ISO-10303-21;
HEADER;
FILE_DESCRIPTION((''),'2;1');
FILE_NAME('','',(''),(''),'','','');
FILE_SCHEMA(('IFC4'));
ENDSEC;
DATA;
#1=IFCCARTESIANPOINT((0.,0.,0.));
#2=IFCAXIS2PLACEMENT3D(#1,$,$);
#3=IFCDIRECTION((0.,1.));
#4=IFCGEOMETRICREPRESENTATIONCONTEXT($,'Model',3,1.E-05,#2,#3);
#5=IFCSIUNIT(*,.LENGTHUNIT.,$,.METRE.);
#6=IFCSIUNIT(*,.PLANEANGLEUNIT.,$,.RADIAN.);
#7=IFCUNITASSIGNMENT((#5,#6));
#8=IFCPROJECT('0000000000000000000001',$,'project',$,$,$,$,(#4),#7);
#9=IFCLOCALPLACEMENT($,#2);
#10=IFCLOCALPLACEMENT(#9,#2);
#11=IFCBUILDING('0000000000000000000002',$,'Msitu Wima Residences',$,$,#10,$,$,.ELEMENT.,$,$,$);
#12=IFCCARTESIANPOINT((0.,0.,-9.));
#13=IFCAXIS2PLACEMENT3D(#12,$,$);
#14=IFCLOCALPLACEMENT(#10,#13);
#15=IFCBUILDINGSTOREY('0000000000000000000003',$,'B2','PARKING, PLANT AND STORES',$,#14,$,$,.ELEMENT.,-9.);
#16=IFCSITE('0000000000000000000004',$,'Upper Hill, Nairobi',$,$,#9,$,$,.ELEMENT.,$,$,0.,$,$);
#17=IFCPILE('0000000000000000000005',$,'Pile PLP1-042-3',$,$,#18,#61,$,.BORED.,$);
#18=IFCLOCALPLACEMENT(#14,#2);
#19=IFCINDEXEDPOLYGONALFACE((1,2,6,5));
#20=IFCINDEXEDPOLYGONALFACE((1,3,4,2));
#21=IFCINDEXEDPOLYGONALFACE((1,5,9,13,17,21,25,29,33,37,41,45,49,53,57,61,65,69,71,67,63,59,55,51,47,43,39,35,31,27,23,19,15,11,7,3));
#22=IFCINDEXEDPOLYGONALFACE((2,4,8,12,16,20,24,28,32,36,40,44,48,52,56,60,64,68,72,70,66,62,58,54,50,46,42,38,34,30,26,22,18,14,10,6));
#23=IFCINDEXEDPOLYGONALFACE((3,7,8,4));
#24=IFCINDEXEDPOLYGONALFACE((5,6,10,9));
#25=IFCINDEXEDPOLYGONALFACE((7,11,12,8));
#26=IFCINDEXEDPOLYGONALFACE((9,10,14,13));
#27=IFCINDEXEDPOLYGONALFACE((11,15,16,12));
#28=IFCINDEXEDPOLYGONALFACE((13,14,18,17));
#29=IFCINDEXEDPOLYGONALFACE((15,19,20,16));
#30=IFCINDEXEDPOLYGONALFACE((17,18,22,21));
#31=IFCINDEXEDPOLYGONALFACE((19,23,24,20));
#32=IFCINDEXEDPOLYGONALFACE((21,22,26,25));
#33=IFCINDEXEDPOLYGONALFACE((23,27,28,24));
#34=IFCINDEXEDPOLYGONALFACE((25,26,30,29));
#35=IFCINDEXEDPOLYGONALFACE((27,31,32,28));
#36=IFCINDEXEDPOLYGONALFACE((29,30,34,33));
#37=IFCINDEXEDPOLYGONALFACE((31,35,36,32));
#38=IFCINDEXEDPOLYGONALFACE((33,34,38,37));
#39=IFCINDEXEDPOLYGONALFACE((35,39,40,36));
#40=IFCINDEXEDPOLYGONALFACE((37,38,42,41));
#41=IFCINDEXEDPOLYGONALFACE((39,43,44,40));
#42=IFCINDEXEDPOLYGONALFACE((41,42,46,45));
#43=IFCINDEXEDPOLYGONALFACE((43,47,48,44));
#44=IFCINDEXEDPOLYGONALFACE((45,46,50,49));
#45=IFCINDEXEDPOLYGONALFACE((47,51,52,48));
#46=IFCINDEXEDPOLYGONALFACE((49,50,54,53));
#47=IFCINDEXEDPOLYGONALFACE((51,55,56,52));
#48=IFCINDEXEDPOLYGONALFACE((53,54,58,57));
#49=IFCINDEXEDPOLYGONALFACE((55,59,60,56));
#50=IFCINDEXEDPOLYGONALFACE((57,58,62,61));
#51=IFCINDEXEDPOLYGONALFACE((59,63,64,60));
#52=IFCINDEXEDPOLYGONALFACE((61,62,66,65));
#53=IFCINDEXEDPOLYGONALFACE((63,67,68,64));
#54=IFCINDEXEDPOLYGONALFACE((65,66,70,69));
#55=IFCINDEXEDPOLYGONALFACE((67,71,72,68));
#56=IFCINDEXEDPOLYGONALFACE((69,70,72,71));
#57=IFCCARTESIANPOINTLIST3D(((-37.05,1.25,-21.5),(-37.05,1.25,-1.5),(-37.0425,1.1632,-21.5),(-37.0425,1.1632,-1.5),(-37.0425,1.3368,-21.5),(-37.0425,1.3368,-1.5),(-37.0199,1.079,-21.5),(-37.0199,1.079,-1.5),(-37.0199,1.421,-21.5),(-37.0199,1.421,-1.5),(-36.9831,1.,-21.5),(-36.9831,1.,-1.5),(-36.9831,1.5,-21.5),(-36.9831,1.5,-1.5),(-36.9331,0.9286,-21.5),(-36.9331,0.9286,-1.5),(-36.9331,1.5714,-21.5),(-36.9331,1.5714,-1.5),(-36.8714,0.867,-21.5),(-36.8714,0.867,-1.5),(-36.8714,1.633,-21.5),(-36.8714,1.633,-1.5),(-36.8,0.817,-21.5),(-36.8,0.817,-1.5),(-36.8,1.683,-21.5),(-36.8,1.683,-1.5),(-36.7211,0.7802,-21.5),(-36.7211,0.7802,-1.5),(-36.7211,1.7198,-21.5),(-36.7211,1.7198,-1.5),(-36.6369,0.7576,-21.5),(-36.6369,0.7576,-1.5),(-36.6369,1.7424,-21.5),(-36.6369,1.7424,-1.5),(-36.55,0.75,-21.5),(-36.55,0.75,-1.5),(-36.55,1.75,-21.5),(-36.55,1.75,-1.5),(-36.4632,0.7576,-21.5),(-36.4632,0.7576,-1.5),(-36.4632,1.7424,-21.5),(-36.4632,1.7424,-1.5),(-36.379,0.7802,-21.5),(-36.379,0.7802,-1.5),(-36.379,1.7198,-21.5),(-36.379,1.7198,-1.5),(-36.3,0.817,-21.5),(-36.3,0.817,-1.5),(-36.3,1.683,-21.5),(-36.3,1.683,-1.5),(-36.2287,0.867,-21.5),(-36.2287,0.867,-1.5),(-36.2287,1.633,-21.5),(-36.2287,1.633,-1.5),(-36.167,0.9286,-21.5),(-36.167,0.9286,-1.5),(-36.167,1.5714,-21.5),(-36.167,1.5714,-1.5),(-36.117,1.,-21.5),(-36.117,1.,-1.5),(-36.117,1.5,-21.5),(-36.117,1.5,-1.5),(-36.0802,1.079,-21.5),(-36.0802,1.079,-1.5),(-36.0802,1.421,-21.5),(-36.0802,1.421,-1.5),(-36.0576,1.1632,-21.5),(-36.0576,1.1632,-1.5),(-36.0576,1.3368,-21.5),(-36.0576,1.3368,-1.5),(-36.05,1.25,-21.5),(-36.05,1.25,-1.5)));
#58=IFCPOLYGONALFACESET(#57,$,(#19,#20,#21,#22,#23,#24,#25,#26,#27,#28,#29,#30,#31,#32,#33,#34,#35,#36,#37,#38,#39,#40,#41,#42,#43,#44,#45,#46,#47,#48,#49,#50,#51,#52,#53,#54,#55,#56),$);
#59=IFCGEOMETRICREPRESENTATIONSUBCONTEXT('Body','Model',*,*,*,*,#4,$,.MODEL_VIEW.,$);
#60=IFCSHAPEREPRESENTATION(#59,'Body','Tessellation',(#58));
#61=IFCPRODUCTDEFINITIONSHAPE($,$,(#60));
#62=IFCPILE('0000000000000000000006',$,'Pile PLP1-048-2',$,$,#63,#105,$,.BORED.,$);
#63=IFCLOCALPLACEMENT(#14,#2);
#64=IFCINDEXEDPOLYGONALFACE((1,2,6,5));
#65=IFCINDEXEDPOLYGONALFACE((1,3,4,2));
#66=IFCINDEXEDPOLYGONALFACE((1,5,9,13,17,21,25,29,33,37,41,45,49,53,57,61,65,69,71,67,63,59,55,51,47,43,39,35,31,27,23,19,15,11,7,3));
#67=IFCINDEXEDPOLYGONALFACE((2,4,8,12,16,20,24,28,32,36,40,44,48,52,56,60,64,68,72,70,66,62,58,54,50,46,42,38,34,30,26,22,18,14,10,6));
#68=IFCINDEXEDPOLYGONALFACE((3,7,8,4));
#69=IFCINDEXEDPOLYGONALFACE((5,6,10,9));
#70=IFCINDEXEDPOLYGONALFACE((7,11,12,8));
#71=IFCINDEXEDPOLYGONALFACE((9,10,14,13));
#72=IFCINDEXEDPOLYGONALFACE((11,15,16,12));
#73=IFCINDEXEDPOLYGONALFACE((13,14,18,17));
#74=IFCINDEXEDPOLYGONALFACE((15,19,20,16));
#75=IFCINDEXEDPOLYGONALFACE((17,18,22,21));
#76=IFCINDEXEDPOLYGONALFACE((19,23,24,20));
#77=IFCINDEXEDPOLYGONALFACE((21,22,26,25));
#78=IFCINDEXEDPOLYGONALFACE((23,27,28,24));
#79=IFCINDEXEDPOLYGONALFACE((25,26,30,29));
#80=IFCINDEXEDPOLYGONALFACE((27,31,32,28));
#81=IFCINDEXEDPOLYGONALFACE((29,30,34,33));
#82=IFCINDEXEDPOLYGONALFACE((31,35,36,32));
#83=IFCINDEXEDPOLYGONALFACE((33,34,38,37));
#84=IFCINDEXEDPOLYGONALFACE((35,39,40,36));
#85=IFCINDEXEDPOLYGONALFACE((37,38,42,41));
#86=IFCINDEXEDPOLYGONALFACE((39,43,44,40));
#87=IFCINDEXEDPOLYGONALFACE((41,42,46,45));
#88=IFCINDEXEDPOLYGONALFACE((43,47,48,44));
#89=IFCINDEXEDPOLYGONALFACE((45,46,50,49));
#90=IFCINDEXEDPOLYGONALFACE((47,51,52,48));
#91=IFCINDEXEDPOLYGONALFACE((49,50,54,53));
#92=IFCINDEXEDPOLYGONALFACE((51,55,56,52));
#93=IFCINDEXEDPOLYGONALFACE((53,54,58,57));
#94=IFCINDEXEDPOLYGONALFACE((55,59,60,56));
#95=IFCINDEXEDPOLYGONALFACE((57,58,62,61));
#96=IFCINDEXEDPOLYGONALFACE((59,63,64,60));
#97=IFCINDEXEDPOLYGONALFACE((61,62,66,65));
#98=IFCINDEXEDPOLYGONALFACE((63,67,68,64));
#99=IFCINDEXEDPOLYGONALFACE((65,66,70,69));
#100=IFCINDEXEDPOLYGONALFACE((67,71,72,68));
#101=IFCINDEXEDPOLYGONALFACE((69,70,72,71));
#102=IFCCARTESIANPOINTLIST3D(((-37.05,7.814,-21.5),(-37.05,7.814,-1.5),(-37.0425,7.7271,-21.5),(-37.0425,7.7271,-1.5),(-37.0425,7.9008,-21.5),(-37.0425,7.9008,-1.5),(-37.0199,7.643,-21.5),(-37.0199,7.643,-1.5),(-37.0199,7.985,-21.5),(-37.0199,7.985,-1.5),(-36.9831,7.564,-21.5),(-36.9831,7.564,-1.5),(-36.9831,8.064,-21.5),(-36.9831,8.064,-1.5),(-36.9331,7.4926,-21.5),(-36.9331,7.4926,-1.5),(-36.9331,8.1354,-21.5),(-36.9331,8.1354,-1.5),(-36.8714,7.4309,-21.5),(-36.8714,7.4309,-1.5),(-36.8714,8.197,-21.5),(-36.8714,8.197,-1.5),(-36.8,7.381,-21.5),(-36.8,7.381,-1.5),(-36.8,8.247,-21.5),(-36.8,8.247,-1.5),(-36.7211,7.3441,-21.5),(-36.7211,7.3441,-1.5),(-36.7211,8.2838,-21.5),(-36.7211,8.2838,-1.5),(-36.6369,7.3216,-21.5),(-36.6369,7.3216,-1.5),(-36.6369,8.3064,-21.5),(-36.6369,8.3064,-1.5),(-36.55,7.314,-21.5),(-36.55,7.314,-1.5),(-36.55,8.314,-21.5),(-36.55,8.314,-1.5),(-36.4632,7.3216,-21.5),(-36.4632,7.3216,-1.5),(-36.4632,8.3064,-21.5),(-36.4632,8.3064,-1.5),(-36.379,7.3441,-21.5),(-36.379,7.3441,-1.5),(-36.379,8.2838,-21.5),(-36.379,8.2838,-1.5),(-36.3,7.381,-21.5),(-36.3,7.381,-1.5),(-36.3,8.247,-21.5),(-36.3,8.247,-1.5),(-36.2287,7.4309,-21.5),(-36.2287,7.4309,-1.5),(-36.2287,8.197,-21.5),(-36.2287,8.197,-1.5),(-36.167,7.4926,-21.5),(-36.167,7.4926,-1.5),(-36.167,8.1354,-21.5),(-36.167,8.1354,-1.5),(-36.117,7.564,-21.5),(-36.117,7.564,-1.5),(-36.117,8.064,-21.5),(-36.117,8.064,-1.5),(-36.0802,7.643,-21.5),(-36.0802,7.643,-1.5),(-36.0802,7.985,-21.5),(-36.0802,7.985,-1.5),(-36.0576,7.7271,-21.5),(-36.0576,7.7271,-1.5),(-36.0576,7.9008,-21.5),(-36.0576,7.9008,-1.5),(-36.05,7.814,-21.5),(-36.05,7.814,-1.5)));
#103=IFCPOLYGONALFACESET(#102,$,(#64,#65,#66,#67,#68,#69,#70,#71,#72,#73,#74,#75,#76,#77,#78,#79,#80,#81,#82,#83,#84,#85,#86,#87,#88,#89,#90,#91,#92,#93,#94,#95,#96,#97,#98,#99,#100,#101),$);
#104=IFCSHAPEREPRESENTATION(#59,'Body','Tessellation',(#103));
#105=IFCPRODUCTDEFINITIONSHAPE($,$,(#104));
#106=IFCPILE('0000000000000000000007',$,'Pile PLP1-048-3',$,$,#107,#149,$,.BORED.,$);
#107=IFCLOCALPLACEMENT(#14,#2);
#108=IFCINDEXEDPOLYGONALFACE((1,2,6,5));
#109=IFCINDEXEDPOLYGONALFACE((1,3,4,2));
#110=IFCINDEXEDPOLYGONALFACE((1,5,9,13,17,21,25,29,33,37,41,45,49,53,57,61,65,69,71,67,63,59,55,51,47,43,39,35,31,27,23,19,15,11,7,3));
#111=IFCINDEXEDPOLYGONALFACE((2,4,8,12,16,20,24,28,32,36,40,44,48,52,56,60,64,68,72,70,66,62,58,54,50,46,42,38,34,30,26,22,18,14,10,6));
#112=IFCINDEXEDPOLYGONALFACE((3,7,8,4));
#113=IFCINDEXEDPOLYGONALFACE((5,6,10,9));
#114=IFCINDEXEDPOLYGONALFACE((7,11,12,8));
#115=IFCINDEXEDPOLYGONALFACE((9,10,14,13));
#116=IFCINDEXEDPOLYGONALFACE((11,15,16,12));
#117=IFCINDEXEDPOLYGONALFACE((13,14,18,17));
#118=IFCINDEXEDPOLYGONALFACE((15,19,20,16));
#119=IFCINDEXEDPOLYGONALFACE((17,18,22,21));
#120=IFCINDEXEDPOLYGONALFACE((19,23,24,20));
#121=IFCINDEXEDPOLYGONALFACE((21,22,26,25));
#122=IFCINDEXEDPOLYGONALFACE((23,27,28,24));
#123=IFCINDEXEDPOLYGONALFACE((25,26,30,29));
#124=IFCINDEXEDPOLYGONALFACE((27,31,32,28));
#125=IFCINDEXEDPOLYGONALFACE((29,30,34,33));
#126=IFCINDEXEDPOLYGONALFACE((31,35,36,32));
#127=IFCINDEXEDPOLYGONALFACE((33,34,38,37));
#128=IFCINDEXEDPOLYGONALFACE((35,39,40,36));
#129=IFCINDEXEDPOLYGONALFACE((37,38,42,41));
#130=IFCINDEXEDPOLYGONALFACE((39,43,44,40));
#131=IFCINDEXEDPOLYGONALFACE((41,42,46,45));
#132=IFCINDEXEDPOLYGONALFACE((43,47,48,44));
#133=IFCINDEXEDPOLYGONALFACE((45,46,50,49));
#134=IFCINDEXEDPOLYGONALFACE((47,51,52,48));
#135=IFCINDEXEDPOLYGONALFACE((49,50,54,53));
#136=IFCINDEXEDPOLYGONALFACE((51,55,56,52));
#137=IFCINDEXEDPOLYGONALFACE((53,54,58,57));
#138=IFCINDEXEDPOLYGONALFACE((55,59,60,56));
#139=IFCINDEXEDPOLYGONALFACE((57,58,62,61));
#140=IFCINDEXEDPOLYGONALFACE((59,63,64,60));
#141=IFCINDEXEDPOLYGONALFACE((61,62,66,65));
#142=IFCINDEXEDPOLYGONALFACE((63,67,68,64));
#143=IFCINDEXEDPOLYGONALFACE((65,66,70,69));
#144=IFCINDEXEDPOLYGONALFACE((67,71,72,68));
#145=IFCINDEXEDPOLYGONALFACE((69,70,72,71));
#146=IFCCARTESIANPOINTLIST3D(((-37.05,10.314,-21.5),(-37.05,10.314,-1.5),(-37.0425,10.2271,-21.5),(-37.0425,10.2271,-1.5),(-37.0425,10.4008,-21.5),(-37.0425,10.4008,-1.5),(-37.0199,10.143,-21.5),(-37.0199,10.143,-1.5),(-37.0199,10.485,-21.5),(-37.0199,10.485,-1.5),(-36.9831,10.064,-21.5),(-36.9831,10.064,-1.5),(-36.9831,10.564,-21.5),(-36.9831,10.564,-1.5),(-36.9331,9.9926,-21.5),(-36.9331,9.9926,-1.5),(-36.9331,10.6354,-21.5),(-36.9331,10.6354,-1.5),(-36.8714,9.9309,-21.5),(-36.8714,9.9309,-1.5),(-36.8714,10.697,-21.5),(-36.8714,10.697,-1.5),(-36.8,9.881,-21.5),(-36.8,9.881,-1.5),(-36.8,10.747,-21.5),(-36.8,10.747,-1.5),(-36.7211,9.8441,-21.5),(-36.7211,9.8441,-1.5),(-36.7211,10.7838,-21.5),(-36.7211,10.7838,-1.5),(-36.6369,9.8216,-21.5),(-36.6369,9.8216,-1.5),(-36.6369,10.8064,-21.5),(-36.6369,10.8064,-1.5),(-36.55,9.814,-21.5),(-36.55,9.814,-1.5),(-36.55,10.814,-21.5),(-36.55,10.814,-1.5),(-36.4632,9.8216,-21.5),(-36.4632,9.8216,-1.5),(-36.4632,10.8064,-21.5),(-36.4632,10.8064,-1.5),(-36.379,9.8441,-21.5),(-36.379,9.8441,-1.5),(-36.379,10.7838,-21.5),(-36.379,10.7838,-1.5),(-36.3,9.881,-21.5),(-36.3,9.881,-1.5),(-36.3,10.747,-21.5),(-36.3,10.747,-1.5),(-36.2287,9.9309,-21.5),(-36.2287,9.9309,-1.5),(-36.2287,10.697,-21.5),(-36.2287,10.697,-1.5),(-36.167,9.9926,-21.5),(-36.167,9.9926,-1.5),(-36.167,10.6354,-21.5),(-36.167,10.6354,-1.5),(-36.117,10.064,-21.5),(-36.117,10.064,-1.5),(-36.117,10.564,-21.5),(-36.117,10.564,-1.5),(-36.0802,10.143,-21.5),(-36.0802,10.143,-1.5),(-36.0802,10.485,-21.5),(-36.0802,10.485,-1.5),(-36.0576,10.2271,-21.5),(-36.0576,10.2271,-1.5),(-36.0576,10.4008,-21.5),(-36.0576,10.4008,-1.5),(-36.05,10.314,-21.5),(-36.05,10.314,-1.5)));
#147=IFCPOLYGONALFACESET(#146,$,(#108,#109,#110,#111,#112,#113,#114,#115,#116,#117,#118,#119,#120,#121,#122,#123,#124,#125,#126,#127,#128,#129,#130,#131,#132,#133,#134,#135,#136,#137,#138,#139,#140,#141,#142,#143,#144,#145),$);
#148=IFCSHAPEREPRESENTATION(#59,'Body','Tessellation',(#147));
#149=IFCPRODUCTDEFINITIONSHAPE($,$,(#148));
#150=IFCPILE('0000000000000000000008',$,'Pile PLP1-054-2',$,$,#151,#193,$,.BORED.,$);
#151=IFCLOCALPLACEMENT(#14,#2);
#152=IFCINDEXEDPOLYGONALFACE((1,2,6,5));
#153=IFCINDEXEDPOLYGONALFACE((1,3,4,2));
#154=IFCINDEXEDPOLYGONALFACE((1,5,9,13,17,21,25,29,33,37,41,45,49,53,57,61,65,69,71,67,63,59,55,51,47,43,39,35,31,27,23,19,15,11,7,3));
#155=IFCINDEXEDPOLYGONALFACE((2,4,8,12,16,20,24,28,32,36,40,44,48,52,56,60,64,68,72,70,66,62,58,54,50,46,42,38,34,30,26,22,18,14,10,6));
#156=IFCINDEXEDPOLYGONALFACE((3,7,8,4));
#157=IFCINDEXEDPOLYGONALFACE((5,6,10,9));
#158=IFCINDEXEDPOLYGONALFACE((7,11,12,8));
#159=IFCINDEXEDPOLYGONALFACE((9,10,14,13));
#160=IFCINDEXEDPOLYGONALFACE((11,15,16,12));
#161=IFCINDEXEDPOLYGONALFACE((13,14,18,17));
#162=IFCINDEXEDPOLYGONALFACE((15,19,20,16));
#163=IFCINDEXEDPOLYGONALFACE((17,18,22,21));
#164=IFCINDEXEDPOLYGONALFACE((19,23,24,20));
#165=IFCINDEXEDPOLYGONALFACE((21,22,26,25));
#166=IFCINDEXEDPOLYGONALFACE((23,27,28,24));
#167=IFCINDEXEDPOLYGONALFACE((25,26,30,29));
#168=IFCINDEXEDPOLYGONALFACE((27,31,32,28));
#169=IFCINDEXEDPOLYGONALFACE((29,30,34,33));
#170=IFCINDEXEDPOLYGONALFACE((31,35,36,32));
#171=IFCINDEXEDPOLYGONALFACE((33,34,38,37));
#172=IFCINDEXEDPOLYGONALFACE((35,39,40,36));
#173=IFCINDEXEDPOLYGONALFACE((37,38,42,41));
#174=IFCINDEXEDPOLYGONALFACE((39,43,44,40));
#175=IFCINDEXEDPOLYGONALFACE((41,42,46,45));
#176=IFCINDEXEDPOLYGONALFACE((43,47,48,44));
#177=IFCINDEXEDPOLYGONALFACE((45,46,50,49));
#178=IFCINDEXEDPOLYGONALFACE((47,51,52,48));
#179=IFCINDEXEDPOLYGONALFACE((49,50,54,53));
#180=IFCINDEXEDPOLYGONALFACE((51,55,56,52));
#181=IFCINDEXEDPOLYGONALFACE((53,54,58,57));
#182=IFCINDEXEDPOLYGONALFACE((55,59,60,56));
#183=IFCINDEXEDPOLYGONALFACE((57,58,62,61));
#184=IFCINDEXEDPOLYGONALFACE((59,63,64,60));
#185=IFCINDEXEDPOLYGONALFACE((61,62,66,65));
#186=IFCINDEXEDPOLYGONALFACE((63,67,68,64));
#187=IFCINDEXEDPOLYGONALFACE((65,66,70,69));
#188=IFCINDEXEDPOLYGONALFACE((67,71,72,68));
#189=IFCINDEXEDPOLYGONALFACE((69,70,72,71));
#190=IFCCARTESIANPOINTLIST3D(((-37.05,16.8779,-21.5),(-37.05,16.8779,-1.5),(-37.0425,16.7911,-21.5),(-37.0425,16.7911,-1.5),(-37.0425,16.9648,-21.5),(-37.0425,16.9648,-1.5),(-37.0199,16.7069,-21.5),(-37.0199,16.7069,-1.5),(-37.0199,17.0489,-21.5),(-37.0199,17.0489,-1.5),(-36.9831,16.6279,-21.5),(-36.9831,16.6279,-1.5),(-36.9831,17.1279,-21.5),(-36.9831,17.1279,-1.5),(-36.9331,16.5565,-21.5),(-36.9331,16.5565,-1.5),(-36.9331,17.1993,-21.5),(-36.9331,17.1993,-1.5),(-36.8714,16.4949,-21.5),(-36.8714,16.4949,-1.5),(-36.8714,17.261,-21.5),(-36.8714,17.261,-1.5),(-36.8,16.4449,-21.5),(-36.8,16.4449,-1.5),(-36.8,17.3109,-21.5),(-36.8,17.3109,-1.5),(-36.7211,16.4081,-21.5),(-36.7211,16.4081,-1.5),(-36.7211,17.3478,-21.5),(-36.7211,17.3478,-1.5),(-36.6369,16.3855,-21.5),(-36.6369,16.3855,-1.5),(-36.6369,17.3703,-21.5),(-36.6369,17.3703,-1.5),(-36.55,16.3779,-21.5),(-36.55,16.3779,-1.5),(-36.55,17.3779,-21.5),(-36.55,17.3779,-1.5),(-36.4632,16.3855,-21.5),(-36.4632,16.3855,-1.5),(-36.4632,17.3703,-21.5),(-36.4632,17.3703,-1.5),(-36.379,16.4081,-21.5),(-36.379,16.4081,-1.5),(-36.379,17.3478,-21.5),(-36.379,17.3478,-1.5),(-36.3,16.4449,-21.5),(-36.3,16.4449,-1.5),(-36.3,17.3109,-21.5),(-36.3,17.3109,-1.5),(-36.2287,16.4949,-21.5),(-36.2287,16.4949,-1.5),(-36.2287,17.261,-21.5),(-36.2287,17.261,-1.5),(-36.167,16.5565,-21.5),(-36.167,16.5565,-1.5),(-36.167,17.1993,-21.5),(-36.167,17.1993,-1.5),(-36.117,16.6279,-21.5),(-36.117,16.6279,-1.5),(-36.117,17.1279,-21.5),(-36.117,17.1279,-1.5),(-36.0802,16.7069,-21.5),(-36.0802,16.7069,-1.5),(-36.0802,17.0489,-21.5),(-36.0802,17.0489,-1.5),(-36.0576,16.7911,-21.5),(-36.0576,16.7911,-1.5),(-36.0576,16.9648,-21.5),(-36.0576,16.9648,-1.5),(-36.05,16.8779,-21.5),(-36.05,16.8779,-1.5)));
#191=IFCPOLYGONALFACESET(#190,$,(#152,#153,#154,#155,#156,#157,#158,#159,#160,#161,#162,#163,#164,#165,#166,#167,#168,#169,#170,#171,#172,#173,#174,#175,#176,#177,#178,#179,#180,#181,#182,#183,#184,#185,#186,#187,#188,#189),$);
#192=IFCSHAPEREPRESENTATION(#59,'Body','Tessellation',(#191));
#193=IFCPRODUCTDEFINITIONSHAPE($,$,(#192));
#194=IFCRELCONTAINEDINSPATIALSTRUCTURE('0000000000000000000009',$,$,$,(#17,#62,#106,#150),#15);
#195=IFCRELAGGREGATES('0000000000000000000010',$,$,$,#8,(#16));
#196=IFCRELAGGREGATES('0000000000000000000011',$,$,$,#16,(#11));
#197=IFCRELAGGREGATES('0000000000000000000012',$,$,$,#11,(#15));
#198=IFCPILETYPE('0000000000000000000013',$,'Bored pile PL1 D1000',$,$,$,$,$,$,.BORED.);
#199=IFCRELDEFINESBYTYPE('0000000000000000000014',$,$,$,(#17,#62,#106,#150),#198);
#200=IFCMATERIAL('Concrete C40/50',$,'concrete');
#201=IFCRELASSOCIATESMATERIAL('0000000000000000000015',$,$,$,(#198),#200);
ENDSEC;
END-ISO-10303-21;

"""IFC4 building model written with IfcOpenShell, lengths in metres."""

from ifc_helpers import new_model, si_unit, direction, frame, origin, origin_2d, place, context, subcontext, project, spatial, circle, extrude, material, type_object, element, save


model = new_model("IFC4")

# Units and contexts
model_context = context("Model", 3, precision=1e-05, world=origin(), true_north=direction((0.0, 1.0)))
body_context = subcontext(model_context, "Body", "Model", "MODEL_VIEW")
ifc_project = project(units=[si_unit("LENGTHUNIT", "METRE"), si_unit("PLANEANGLEUNIT", "RADIAN")], contexts=[model_context])

# Site, building, storey
site_placement = place(None, origin())
site = spatial("IfcSite", under=ifc_project, at=site_placement, Name="Upper Hill, Nairobi", CompositionType="ELEMENT", RefElevation=0.0)
building_placement = place(site_placement, origin())
building = spatial("IfcBuilding", under=site, at=building_placement, Name="Msitu Wima Residences", CompositionType="ELEMENT")
storey_placement = place(building_placement, frame((0.0, 0.0, -9.0)))
storey = spatial("IfcBuildingStorey", under=building, at=storey_placement, Name="B2", Description="PARKING, PLANT AND STORES", CompositionType="ELEMENT", Elevation=-9.0)

# Piles
ifc_material_1 = material(Name="Concrete C40/50", Category="concrete")
pile_type_1 = type_object("IfcPileType", Name="Bored pile PL1 D1000", PredefinedType="BORED", material=ifc_material_1)
for number, where, z_axis, x_axis, name in (
    (1, (-36.55, 1.25, -1.5), (0.0, 0.0, -1.0), (1.0, 0.0, 0.0), "Pile PLP1-042-3"),
    (2, (-36.55, 7.814, -1.5), (0.0, 0.0, -1.0), (1.0, 0.0, 0.0), "Pile PLP1-048-2"),
    (3, (-36.55, 10.314, -1.5), (0.0, 0.0, -1.0), (1.0, 0.0, 0.0), "Pile PLP1-048-3"),
    (4, (-36.55, 16.8779, -1.5), (0.0, 0.0, -1.0), (1.0, 0.0, 0.0), "Pile PLP1-054-2"),
):
    element("IfcPile", number, at=place(storey_placement, frame(where, z_axis=z_axis, x_axis=x_axis)), inside=storey, type_object=pile_type_1, Name=name, PredefinedType="BORED", context=body_context, shape_type="SweptSolid", body=[
        extrude(circle(Radius=0.5, at=origin_2d()), origin(), (0.0, 0.0, 1.0), 20.0),
    ])

save(model, "model.ifc")
